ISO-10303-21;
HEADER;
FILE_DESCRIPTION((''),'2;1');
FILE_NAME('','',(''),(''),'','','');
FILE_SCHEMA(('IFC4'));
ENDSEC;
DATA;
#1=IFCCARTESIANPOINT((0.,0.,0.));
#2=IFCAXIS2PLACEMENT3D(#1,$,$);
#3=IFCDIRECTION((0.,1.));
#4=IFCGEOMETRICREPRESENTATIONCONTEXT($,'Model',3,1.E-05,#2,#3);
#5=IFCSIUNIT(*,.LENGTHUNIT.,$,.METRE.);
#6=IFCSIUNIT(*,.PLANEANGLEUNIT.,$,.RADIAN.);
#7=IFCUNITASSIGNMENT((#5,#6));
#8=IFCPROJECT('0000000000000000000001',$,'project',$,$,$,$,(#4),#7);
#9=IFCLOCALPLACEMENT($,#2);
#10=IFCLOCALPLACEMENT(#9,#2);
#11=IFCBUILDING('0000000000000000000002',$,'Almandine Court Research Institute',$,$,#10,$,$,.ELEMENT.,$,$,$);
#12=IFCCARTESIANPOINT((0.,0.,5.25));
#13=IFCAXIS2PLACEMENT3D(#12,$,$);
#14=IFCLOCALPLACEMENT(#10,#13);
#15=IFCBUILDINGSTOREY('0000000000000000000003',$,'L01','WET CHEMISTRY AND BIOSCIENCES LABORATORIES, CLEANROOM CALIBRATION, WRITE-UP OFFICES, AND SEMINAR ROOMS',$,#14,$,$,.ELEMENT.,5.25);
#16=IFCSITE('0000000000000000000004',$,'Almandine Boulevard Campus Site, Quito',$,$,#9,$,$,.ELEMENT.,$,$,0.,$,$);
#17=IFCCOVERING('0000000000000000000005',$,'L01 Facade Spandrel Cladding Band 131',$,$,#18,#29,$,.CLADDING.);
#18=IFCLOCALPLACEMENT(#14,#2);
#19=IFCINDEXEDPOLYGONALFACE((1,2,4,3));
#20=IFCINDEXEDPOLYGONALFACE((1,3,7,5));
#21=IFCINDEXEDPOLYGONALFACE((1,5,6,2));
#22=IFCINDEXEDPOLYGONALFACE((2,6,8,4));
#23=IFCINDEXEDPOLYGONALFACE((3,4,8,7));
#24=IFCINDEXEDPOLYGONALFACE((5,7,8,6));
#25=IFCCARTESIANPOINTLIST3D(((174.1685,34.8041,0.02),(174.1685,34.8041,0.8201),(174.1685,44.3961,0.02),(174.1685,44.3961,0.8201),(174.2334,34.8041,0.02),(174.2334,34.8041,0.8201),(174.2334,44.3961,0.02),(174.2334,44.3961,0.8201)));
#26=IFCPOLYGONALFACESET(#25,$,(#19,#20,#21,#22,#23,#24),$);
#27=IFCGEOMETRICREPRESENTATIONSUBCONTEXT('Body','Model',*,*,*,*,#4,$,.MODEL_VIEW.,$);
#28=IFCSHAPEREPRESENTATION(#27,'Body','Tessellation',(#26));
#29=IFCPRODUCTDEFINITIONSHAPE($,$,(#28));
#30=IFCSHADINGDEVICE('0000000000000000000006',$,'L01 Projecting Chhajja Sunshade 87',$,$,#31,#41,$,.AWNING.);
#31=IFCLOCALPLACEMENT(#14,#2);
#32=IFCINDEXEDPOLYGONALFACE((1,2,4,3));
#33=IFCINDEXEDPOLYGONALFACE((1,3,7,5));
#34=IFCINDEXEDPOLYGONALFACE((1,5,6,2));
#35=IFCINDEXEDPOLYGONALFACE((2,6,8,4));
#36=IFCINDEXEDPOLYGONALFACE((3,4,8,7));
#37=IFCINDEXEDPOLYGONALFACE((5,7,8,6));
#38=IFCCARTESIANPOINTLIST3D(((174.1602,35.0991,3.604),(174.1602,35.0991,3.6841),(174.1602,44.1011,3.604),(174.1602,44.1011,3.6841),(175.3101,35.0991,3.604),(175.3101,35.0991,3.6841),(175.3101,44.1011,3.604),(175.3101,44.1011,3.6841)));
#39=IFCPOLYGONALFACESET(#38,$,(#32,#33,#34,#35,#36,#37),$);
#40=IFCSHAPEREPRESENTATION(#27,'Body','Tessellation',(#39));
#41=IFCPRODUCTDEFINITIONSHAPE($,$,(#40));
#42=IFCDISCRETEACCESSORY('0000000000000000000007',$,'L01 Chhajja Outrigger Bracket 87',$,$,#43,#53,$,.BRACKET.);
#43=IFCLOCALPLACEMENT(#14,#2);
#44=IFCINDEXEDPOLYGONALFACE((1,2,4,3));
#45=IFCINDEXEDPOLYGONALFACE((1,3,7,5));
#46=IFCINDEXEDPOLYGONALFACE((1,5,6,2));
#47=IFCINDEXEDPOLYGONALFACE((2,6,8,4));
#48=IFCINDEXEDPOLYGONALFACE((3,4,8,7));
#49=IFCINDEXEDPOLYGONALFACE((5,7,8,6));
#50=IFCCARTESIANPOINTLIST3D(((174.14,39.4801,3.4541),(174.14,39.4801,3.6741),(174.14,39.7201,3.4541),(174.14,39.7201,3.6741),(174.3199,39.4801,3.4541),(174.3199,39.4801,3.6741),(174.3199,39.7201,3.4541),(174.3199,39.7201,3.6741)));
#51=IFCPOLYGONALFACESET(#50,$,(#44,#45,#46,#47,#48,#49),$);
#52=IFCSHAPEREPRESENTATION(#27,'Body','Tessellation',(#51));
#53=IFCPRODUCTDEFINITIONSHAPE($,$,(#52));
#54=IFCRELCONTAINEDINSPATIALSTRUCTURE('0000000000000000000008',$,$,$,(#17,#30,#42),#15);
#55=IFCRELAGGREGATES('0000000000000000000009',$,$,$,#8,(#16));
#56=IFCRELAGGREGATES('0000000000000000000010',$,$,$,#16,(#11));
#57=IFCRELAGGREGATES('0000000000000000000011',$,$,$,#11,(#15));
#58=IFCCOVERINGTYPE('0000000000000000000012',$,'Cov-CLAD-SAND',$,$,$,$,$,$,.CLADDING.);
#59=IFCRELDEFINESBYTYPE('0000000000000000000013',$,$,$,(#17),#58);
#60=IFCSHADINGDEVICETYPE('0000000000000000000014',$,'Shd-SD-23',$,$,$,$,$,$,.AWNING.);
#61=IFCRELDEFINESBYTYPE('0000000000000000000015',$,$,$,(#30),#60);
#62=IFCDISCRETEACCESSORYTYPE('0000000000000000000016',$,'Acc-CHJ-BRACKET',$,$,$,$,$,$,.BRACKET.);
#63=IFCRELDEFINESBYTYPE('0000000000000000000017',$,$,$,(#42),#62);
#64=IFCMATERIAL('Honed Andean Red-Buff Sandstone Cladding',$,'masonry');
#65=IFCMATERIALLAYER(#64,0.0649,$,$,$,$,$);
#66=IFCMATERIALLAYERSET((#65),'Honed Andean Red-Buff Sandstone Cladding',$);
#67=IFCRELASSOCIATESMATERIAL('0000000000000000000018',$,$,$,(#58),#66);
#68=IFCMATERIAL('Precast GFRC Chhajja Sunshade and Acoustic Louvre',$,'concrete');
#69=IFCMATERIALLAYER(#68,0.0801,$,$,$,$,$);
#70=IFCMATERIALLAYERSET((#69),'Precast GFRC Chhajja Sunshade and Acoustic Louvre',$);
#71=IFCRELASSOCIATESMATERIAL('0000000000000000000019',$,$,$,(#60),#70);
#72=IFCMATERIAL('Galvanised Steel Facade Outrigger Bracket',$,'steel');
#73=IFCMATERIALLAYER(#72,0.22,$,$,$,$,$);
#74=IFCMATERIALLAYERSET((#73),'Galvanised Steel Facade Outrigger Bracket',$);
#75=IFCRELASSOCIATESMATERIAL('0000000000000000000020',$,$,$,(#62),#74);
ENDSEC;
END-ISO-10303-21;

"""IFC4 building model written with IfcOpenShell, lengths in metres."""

from ifc_helpers import new_model, si_unit, direction, frame, origin, origin_2d, place, context, subcontext, project, spatial, rectangle, extrude, material, layer, layer_set, type_object, element, save


model = new_model("IFC4")

# Units and contexts
model_context = context("Model", 3, precision=1e-05, world=origin(), true_north=direction((0.0, 1.0)))
body_context = subcontext(model_context, "Body", "Model", "MODEL_VIEW")
ifc_project = project(units=[si_unit("LENGTHUNIT", "METRE"), si_unit("PLANEANGLEUNIT", "RADIAN")], contexts=[model_context])

# Site, building, storey
site_placement = place(None, origin())
site = spatial("IfcSite", under=ifc_project, at=site_placement, Name="Almandine Boulevard Campus Site, Quito", CompositionType="ELEMENT", RefElevation=0.0)
building_placement = place(site_placement, origin())
building = spatial("IfcBuilding", under=site, at=building_placement, Name="Almandine Court Research Institute", CompositionType="ELEMENT")
storey_placement = place(building_placement, frame((0.0, 0.0, 5.25)))
storey = spatial("IfcBuildingStorey", under=building, at=storey_placement, Name="L01", Description="WET CHEMISTRY AND BIOSCIENCES LABORATORIES, CLEANROOM CALIBRATION, WRITE-UP OFFICES, AND SEMINAR ROOMS", CompositionType="ELEMENT", Elevation=5.25)

# Covering
ifc_material_1 = material(Name="Honed Andean Red-Buff Sandstone Cladding", Category="masonry")
ifc_layer_1 = layer(ifc_material_1, 0.0649)
ifc_layer_set_1 = layer_set([ifc_layer_1], Name="Honed Andean Red-Buff Sandstone Cladding")
covering_type = type_object("IfcCoveringType", Name="Cov-CLAD-SAND", PredefinedType="CLADDING", material=ifc_layer_set_1)
covering_placement = place(storey_placement, frame((174.2009, 39.6001, 0.02), z_axis=(0.0, 0.0, 1.0), x_axis=(0.0, -1.0, 0.0)))
element("IfcCovering", 1, at=covering_placement, inside=storey, type_object=covering_type, Name="L01 Facade Spandrel Cladding Band 131", PredefinedType="CLADDING", context=body_context, shape_type="SweptSolid", body=[
    extrude(rectangle(XDim=9.592, YDim=0.0649, at=origin_2d()), origin(), (0.0, 0.0, 1.0), 0.8),
])

# Shading device
ifc_material_2 = material(Name="Precast GFRC Chhajja Sunshade and Acoustic Louvre", Category="concrete")
ifc_layer_2 = layer(ifc_material_2, 0.0801)
ifc_layer_set_2 = layer_set([ifc_layer_2], Name="Precast GFRC Chhajja Sunshade and Acoustic Louvre")
shading_device_type = type_object("IfcShadingDeviceType", Name="Shd-SD-23", PredefinedType="AWNING", material=ifc_layer_set_2)
shading_device_placement = place(storey_placement, frame((174.7351, 39.6001, 3.604), z_axis=(0.0, 0.0, 1.0), x_axis=(0.0, -1.0, 0.0)))
element("IfcShadingDevice", 2, at=shading_device_placement, inside=storey, type_object=shading_device_type, Name="L01 Projecting Chhajja Sunshade 87", PredefinedType="AWNING", context=body_context, shape_type="SweptSolid", body=[
    extrude(rectangle(XDim=9.002, YDim=1.1499, at=origin_2d()), origin(), (0.0, 0.0, 1.0), 0.0801),
])

# Discrete accessory
ifc_material_3 = material(Name="Galvanised Steel Facade Outrigger Bracket", Category="steel")
ifc_layer_3 = layer(ifc_material_3, 0.22)
ifc_layer_set_3 = layer_set([ifc_layer_3], Name="Galvanised Steel Facade Outrigger Bracket")
discrete_accessory_type = type_object("IfcDiscreteAccessoryType", Name="Acc-CHJ-BRACKET", PredefinedType="BRACKET", material=ifc_layer_set_3)
discrete_accessory_placement = place(storey_placement, frame((174.23, 39.6001, 3.4541), z_axis=(0.0, 0.0, 1.0), x_axis=(0.0, -1.0, 0.0)))
element("IfcDiscreteAccessory", 3, at=discrete_accessory_placement, inside=storey, type_object=discrete_accessory_type, Name="L01 Chhajja Outrigger Bracket 87", PredefinedType="BRACKET", context=body_context, shape_type="SweptSolid", body=[
    extrude(rectangle(XDim=0.24, YDim=0.1799, at=origin_2d()), origin(), (0.0, 0.0, 1.0), 0.22),
])

save(model, "model.ifc")
